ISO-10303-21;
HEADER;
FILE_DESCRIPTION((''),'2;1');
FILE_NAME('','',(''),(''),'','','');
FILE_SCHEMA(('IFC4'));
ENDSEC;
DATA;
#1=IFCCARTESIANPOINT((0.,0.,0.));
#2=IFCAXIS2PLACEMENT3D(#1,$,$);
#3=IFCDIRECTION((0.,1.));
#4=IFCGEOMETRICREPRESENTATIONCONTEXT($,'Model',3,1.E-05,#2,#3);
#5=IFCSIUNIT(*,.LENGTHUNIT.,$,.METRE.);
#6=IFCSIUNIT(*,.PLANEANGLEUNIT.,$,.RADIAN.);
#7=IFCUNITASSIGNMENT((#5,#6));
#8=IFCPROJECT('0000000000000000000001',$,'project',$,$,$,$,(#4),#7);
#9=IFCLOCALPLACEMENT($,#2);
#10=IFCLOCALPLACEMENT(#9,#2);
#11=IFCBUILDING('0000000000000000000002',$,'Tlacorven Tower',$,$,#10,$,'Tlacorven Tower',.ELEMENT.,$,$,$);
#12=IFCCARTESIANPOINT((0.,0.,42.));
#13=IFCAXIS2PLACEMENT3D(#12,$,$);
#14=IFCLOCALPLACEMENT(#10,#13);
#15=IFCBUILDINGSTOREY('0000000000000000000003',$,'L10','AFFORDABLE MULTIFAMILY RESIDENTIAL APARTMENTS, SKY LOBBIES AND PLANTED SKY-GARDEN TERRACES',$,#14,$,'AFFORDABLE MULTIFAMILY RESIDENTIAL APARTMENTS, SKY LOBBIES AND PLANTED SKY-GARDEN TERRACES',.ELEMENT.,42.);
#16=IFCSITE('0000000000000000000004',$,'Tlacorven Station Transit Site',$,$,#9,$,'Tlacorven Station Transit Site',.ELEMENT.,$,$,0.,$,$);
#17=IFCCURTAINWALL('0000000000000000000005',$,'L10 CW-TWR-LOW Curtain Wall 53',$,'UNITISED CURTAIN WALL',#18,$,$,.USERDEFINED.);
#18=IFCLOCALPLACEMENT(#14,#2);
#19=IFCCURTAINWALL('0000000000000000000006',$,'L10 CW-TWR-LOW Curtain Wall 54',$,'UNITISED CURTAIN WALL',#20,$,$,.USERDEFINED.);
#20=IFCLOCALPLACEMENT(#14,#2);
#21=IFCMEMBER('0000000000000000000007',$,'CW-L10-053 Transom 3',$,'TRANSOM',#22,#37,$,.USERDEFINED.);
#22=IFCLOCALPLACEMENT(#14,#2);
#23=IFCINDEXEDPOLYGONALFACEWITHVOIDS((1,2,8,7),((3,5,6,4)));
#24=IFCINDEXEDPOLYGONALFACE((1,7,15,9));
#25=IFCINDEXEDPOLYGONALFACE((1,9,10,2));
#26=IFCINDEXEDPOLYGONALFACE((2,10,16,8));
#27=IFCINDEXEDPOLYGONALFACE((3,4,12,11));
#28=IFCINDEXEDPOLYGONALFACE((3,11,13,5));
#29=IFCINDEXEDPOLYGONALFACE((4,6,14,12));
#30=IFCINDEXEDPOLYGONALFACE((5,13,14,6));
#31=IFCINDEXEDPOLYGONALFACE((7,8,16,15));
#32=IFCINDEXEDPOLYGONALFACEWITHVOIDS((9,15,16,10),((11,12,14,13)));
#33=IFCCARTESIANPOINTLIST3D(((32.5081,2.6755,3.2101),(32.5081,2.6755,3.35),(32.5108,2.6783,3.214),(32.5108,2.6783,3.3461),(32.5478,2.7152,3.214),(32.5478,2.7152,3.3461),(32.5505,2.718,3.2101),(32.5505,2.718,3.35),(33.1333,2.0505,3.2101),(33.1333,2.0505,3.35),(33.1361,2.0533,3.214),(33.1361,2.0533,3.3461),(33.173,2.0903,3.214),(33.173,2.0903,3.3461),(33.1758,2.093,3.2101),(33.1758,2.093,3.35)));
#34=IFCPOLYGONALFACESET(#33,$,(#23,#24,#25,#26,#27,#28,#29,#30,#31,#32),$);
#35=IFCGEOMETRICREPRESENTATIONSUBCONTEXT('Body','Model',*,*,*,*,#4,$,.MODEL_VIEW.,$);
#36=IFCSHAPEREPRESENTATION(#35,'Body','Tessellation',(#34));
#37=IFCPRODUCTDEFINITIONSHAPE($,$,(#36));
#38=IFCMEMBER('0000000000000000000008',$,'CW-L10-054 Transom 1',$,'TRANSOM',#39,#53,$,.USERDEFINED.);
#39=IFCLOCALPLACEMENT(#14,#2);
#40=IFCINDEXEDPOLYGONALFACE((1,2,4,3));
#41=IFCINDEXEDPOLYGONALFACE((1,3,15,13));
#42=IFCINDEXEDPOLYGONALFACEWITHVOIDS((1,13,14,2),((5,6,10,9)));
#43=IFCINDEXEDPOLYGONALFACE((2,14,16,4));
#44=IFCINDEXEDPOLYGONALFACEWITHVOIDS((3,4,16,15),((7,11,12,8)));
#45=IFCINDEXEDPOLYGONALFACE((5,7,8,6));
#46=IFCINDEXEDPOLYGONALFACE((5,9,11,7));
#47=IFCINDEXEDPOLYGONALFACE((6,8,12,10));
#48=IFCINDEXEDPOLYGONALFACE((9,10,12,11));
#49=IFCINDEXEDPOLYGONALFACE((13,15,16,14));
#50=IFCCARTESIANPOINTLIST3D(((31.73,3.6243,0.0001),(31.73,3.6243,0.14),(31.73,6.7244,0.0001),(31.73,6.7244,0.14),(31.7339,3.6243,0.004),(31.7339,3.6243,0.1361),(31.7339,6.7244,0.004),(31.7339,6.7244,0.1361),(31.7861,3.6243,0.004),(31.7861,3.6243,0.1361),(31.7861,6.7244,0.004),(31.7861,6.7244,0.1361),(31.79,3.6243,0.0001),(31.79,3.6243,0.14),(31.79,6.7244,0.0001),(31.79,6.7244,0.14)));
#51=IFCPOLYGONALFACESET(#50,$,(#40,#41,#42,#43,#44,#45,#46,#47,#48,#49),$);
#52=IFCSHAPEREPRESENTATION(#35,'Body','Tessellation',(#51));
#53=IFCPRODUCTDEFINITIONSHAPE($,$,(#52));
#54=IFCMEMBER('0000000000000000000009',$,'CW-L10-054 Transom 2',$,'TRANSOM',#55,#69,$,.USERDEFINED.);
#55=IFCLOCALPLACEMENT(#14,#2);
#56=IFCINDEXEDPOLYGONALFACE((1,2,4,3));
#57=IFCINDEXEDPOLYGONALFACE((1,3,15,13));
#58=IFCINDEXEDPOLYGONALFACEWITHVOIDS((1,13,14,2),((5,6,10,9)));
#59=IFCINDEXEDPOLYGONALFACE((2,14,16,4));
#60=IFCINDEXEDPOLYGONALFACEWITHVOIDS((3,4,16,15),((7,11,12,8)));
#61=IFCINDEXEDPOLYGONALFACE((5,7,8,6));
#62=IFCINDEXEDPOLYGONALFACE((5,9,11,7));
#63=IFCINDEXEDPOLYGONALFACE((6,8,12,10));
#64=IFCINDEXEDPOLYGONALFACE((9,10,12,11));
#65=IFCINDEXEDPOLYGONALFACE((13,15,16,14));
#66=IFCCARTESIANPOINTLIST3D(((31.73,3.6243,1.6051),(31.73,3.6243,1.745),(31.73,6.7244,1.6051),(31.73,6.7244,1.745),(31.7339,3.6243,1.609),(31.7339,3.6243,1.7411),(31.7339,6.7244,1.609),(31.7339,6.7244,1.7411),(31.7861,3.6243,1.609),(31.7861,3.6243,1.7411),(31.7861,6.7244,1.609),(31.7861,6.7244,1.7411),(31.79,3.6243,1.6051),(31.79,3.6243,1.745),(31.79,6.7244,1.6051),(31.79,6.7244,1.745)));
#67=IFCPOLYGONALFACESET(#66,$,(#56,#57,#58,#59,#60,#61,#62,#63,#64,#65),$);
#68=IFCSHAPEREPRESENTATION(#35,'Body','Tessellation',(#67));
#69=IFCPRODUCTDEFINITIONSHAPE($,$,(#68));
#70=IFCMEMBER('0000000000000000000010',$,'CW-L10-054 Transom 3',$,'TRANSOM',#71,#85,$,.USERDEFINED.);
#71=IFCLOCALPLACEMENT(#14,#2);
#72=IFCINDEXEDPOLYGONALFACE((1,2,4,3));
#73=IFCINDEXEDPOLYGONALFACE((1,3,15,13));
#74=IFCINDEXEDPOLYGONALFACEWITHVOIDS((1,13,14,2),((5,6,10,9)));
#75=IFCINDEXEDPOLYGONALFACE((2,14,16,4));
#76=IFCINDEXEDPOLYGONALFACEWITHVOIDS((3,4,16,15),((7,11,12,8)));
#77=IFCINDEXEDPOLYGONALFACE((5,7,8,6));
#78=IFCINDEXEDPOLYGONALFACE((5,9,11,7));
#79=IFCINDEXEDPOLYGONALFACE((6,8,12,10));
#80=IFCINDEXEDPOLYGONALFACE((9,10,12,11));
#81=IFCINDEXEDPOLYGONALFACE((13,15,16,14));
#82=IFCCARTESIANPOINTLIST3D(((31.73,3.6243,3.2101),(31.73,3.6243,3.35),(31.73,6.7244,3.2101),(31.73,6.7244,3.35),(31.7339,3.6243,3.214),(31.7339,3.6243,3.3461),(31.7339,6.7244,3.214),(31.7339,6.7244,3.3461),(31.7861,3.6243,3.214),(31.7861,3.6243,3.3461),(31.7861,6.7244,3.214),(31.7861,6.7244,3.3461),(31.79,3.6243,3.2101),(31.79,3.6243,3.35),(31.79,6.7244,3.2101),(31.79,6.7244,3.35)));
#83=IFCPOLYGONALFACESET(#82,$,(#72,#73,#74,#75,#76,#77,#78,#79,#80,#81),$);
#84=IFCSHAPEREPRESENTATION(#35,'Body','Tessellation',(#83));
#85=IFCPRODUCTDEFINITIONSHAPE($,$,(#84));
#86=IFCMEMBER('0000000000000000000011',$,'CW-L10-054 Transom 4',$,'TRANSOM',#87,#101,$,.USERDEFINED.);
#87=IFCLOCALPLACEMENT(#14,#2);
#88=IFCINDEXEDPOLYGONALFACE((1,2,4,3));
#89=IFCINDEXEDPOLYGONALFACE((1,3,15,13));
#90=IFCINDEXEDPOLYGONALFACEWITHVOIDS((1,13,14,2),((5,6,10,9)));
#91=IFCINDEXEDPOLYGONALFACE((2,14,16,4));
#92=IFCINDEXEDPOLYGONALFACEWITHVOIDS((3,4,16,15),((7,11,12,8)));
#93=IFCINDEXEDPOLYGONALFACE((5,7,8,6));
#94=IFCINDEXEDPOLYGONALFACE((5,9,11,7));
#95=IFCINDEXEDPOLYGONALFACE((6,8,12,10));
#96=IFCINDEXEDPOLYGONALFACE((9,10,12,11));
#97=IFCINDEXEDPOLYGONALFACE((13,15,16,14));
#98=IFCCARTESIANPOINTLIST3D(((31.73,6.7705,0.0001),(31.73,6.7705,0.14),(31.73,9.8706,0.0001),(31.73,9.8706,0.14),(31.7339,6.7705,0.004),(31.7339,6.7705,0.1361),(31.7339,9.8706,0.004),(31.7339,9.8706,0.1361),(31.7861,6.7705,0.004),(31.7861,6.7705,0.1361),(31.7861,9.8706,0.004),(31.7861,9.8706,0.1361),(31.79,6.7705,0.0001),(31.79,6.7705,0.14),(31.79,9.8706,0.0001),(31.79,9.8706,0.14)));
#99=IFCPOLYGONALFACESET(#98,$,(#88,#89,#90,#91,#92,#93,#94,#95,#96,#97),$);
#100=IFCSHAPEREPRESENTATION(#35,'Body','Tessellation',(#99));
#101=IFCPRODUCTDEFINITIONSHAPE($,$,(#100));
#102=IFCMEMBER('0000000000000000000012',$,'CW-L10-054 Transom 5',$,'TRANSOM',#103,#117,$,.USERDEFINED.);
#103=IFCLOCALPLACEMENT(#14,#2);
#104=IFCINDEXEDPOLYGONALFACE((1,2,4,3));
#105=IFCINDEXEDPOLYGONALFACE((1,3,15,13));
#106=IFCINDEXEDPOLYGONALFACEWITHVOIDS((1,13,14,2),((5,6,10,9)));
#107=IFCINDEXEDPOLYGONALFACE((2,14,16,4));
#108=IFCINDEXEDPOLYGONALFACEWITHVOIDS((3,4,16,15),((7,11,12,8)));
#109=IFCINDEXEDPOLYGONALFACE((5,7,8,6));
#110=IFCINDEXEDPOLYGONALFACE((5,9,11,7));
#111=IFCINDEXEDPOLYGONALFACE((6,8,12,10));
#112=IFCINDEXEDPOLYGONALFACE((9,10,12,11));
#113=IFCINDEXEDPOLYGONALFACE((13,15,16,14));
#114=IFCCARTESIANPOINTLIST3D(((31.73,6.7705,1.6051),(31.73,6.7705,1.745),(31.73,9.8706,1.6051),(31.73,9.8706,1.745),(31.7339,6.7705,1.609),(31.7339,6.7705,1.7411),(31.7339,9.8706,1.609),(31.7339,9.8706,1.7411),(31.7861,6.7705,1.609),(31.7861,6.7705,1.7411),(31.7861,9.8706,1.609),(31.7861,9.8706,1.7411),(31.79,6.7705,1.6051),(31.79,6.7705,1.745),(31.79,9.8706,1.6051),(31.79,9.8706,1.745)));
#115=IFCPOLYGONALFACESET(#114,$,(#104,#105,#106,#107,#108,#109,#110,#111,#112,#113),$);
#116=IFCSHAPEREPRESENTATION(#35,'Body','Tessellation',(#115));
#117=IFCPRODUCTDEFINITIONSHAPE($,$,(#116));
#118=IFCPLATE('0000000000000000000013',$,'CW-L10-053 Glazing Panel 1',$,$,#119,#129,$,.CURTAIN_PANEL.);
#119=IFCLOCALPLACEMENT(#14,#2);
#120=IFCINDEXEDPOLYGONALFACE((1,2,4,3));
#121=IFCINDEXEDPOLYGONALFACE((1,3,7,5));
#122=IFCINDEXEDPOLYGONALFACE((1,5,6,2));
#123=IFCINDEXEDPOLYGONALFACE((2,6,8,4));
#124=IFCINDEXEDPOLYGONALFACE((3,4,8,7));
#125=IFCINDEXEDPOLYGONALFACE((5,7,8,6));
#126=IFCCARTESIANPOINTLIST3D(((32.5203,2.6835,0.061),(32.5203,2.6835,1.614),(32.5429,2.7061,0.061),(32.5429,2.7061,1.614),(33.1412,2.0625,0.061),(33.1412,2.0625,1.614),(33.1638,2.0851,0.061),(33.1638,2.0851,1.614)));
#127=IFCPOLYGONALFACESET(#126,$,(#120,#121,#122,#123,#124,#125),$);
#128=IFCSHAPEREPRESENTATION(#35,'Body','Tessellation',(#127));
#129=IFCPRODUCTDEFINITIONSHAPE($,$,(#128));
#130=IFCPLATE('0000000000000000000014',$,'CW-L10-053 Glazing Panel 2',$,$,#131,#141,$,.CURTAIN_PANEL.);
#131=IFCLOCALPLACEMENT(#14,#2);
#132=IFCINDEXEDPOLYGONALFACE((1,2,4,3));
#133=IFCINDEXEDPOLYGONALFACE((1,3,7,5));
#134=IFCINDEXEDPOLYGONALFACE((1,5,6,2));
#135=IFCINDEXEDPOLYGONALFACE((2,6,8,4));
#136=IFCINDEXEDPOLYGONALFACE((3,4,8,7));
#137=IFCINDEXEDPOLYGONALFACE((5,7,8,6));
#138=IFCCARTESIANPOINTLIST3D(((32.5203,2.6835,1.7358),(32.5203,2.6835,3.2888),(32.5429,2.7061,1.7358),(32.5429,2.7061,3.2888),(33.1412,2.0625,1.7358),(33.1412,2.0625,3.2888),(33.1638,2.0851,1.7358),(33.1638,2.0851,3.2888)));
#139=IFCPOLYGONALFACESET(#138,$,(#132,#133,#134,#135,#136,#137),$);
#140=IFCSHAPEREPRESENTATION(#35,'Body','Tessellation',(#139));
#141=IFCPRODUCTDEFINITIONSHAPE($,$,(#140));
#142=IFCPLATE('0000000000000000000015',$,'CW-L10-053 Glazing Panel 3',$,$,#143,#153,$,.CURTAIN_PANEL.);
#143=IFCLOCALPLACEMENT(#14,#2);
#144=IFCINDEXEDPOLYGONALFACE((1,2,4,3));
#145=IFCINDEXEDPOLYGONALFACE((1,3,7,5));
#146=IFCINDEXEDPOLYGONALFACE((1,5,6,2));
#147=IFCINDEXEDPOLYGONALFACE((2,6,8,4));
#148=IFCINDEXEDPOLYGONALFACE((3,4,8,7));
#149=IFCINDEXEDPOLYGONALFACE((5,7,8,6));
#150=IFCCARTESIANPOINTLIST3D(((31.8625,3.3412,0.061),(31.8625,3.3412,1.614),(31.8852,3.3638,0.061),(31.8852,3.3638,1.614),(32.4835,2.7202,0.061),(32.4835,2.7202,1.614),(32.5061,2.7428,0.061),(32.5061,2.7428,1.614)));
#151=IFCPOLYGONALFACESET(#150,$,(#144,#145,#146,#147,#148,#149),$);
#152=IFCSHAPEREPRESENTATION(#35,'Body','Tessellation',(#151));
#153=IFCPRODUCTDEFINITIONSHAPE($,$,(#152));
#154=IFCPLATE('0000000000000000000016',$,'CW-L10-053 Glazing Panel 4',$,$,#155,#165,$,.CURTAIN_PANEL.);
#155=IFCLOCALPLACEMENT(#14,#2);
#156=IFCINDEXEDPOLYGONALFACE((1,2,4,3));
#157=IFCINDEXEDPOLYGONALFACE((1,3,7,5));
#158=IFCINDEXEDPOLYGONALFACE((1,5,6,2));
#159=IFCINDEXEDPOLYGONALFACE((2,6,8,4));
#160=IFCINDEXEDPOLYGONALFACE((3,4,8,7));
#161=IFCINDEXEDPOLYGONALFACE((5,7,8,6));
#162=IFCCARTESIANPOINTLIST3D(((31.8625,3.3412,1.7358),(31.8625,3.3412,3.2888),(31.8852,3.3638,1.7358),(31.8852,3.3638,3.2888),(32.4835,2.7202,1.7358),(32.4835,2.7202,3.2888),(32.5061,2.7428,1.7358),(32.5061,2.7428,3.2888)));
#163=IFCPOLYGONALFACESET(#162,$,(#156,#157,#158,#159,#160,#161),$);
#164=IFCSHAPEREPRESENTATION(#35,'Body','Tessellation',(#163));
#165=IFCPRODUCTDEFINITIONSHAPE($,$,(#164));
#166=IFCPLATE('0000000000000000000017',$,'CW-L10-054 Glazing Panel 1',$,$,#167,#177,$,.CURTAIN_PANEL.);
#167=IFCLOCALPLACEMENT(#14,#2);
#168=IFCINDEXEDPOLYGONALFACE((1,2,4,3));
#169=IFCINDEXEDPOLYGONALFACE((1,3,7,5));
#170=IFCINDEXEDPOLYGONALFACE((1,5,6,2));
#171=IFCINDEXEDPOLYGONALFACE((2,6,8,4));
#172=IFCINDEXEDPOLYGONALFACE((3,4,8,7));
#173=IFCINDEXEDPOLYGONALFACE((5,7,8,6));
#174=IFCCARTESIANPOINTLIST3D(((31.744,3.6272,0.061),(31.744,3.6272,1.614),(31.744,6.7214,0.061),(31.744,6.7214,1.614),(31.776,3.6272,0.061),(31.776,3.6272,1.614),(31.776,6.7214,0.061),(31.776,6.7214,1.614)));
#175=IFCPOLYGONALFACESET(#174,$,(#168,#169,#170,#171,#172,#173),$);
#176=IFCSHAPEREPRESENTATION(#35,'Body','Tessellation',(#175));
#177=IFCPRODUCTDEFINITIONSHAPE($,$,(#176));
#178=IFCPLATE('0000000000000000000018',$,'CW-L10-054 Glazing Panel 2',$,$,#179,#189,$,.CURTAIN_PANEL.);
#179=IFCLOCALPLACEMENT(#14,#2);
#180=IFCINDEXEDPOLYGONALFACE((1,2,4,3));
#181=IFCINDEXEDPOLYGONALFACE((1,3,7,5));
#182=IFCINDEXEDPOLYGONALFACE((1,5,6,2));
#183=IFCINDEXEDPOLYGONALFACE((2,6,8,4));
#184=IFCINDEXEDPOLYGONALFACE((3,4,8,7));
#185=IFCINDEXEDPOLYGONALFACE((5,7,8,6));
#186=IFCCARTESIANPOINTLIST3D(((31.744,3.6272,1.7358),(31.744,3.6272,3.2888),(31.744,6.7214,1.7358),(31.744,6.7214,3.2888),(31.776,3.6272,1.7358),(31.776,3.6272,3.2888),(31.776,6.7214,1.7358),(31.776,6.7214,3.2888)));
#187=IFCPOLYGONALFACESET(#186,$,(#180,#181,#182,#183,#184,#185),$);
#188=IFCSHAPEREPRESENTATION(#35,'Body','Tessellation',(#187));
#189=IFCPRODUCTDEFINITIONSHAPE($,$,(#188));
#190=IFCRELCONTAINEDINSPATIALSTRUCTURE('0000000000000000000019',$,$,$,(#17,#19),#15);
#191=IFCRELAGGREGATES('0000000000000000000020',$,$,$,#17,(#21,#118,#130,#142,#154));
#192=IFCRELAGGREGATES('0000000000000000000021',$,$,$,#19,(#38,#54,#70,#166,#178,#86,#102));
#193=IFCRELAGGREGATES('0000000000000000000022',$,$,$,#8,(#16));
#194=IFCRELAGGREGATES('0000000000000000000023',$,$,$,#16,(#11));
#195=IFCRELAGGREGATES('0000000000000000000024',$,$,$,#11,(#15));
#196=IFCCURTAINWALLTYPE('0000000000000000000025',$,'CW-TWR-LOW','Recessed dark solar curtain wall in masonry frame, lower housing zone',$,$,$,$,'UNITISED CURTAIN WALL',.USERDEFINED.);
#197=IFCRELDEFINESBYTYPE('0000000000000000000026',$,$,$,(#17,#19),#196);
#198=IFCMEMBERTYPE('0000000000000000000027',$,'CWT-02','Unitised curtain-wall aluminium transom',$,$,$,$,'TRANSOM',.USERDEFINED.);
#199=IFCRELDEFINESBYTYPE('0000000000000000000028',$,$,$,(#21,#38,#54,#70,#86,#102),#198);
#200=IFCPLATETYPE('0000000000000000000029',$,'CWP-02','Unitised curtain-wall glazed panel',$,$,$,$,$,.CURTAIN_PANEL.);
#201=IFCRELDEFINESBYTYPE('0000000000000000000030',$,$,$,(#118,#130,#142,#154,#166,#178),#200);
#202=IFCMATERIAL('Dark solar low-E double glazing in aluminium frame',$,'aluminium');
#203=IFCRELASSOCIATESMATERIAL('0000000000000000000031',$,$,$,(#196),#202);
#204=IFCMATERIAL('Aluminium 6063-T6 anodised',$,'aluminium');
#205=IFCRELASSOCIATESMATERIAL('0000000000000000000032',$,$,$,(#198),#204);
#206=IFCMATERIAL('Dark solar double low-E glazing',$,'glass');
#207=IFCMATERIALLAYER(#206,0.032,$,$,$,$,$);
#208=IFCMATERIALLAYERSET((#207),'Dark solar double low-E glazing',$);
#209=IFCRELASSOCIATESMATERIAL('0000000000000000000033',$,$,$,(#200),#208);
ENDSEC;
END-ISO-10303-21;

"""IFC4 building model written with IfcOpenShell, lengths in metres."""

from ifc_helpers import new_model, si_unit, direction, frame, origin, origin_2d, place, context, subcontext, project, spatial, rectangle, hollow_rectangle, extrude, source, transform, mapped, material, layer, layer_set, material_profile, profile_set, type_object, element, aggregate, save


model = new_model("IFC4")

# Units and contexts
model_context = context("Model", 3, precision=1e-05, world=origin(), true_north=direction((0.0, 1.0)))
body_context = subcontext(model_context, "Body", "Model", "MODEL_VIEW")
ifc_project = project(units=[si_unit("LENGTHUNIT", "METRE"), si_unit("PLANEANGLEUNIT", "RADIAN")], contexts=[model_context])

# Site, building, storey
site_placement = place(None, origin())
site = spatial("IfcSite", under=ifc_project, at=site_placement, Name="Tlacorven Station Transit Site", LongName="Tlacorven Station Transit Site", CompositionType="ELEMENT", RefElevation=0.0)
building_placement = place(site_placement, origin())
building = spatial("IfcBuilding", under=site, at=building_placement, Name="Tlacorven Tower", LongName="Tlacorven Tower", CompositionType="ELEMENT")
storey_placement = place(building_placement, frame((0.0, 0.0, 42.0)))
storey = spatial("IfcBuildingStorey", under=building, at=storey_placement, Name="L10", Description="AFFORDABLE MULTIFAMILY RESIDENTIAL APARTMENTS, SKY LOBBIES AND PLANTED SKY-GARDEN TERRACES", LongName="AFFORDABLE MULTIFAMILY RESIDENTIAL APARTMENTS, SKY LOBBIES AND PLANTED SKY-GARDEN TERRACES", CompositionType="ELEMENT", Elevation=42.0)

# Shared definitions
ifc_material_1 = material(Name="Dark solar low-E double glazing in aluminium frame", Category="aluminium")
curtain_wall_type = type_object("IfcCurtainWallType", Name="CW-TWR-LOW", Description="Recessed dark solar curtain wall in masonry frame, lower housing zone", ElementType="UNITISED CURTAIN WALL", PredefinedType="USERDEFINED", material=ifc_material_1)
ifc_material_2 = material(Name="Aluminium 6063-T6 anodised", Category="aluminium")

# Curtain walls
curtain_wall_1_placement = place(storey_placement, origin())
curtain_wall_1 = element("IfcCurtainWall", 1, at=curtain_wall_1_placement, inside=storey, type_object=curtain_wall_type, Name="L10 CW-TWR-LOW Curtain Wall 53", ObjectType="UNITISED CURTAIN WALL", PredefinedType="USERDEFINED")
curtain_wall_2_placement = place(storey_placement, origin())
curtain_wall_2 = element("IfcCurtainWall", 2, at=curtain_wall_2_placement, inside=storey, type_object=curtain_wall_type, Name="L10 CW-TWR-LOW Curtain Wall 54", ObjectType="UNITISED CURTAIN WALL", PredefinedType="USERDEFINED")

# Members
ifc_material_profile_1 = material_profile(ifc_material_2, hollow_rectangle(XDim=0.0601, YDim=0.1399, WallThickness=0.0039, at=origin_2d()), Name="ALU TRANSOM 60X140")
ifc_profile_set_1 = profile_set([ifc_material_profile_1], Name="Aluminium 6063-T6 anodised")
member_type_1 = type_object("IfcMemberType", Name="CWT-02", Description="Unitised curtain-wall aluminium transom", ElementType="TRANSOM", PredefinedType="USERDEFINED", material=ifc_profile_set_1)
shared_shape_1 = source(origin(), body_context, "Body", "SweptSolid", [
    extrude(hollow_rectangle(XDim=0.0601, YDim=0.1399, WallThickness=0.0039, at=origin_2d()), origin(), (0.0, 0.0, 1.0), 0.884),
])
member_1_placement = place(storey_placement, frame((33.1545, 2.0718, 3.28), z_axis=(-0.707245, 0.706969, 0.0), x_axis=(-0.706969, -0.707245, 0.0)))
member_1 = element("IfcMember", 3, at=member_1_placement, type_object=member_type_1, Name="CW-L10-053 Transom 3", ObjectType="TRANSOM", PredefinedType="USERDEFINED", context=body_context, shape_type="MappedRepresentation", body=[
    mapped(shared_shape_1, transform((0.0, 0.0, 0.0), scale=1.0)),
])
shared_shape_2 = source(origin(), body_context, "Body", "SweptSolid", [
    extrude(hollow_rectangle(XDim=0.0601, YDim=0.1399, WallThickness=0.0039, at=origin_2d()), origin(), (0.0, 0.0, 1.0), 3.1001),
])
member_2_placement = place(storey_placement, frame((31.76, 3.6243, 0.0701), z_axis=(0.0, 1.0, 0.0), x_axis=(-1.0, 0.0, 0.0)))
member_2 = element("IfcMember", 4, at=member_2_placement, type_object=member_type_1, Name="CW-L10-054 Transom 1", ObjectType="TRANSOM", PredefinedType="USERDEFINED", context=body_context, shape_type="MappedRepresentation", body=[
    mapped(shared_shape_2, transform((0.0, 0.0, 0.0), scale=1.0)),
])
member_3_placement = place(storey_placement, frame((31.76, 3.6243, 1.675), z_axis=(0.0, 1.0, 0.0), x_axis=(-1.0, 0.0, 0.0)))
member_3 = element("IfcMember", 5, at=member_3_placement, type_object=member_type_1, Name="CW-L10-054 Transom 2", ObjectType="TRANSOM", PredefinedType="USERDEFINED", context=body_context, shape_type="MappedRepresentation", body=[
    mapped(shared_shape_2, transform((0.0, 0.0, 0.0), scale=1.0)),
])
member_4_placement = place(storey_placement, frame((31.76, 3.6243, 3.28), z_axis=(0.0, 1.0, 0.0), x_axis=(-1.0, 0.0, 0.0)))
member_4 = element("IfcMember", 6, at=member_4_placement, type_object=member_type_1, Name="CW-L10-054 Transom 3", ObjectType="TRANSOM", PredefinedType="USERDEFINED", context=body_context, shape_type="MappedRepresentation", body=[
    mapped(shared_shape_2, transform((0.0, 0.0, 0.0), scale=1.0)),
])
member_5_placement = place(storey_placement, frame((31.76, 6.7705, 0.0701), z_axis=(0.0, 1.0, 0.0), x_axis=(-1.0, 0.0, 0.0)))
member_5 = element("IfcMember", 7, at=member_5_placement, type_object=member_type_1, Name="CW-L10-054 Transom 4", ObjectType="TRANSOM", PredefinedType="USERDEFINED", context=body_context, shape_type="MappedRepresentation", body=[
    mapped(shared_shape_2, transform((0.0, 0.0, 0.0), scale=1.0)),
])
member_6_placement = place(storey_placement, frame((31.76, 6.7705, 1.675), z_axis=(0.0, 1.0, 0.0), x_axis=(-1.0, 0.0, 0.0)))
member_6 = element("IfcMember", 8, at=member_6_placement, type_object=member_type_1, Name="CW-L10-054 Transom 5", ObjectType="TRANSOM", PredefinedType="USERDEFINED", context=body_context, shape_type="MappedRepresentation", body=[
    mapped(shared_shape_2, transform((0.0, 0.0, 0.0), scale=1.0)),
])

# Plates
ifc_material_3 = material(Name="Dark solar double low-E glazing", Category="glass")
ifc_layer = layer(ifc_material_3, 0.032)
ifc_layer_set = layer_set([ifc_layer], Name="Dark solar double low-E glazing")
plate_type = type_object("IfcPlateType", Name="CWP-02", Description="Unitised curtain-wall glazed panel", PredefinedType="CURTAIN_PANEL", material=ifc_layer_set)
shared_shape_3 = source(origin(), body_context, "Body", "SweptSolid", [
    extrude(rectangle(XDim=0.8782, YDim=0.032, at=origin_2d()), origin(), (0.0, 0.0, 1.0), 1.553),
])
plate_1_placement = place(storey_placement, frame((32.842, 2.3843, 0.061), z_axis=(0.0, 0.0, 1.0), x_axis=(-0.707107, 0.707107, 0.0)))
plate_1 = element("IfcPlate", 9, at=plate_1_placement, type_object=plate_type, Name="CW-L10-053 Glazing Panel 1", PredefinedType="CURTAIN_PANEL", context=body_context, shape_type="MappedRepresentation", body=[
    mapped(shared_shape_3, transform((0.0, 0.0, 0.0), scale=1.0)),
])
plate_2_placement = place(storey_placement, frame((32.842, 2.3843, 1.7358), z_axis=(0.0, 0.0, 1.0), x_axis=(-0.707107, 0.707107, 0.0)))
plate_2 = element("IfcPlate", 10, at=plate_2_placement, type_object=plate_type, Name="CW-L10-053 Glazing Panel 2", PredefinedType="CURTAIN_PANEL", context=body_context, shape_type="MappedRepresentation", body=[
    mapped(shared_shape_3, transform((0.0, 0.0, 0.0), scale=1.0)),
])
plate_3_placement = place(storey_placement, frame((32.1843, 3.042, 0.061), z_axis=(0.0, 0.0, 1.0), x_axis=(-0.707107, 0.707107, 0.0)))
plate_3 = element("IfcPlate", 11, at=plate_3_placement, type_object=plate_type, Name="CW-L10-053 Glazing Panel 3", PredefinedType="CURTAIN_PANEL", context=body_context, shape_type="MappedRepresentation", body=[
    mapped(shared_shape_3, transform((0.0, 0.0, 0.0), scale=1.0)),
])
plate_4_placement = place(storey_placement, frame((32.1843, 3.042, 1.7358), z_axis=(0.0, 0.0, 1.0), x_axis=(-0.707107, 0.707107, 0.0)))
plate_4 = element("IfcPlate", 12, at=plate_4_placement, type_object=plate_type, Name="CW-L10-053 Glazing Panel 4", PredefinedType="CURTAIN_PANEL", context=body_context, shape_type="MappedRepresentation", body=[
    mapped(shared_shape_3, transform((0.0, 0.0, 0.0), scale=1.0)),
])
aggregate(curtain_wall_1, [member_1, plate_1, plate_2, plate_3, plate_4])
shared_shape_4 = source(origin(), body_context, "Body", "SweptSolid", [
    extrude(rectangle(XDim=3.0942, YDim=0.032, at=origin_2d()), origin(), (0.0, 0.0, 1.0), 1.553),
])
plate_5_placement = place(storey_placement, frame((31.76, 5.1743, 0.061), z_axis=(0.0, 0.0, 1.0), x_axis=(0.0, 1.0, 0.0)))
plate_5 = element("IfcPlate", 13, at=plate_5_placement, type_object=plate_type, Name="CW-L10-054 Glazing Panel 1", PredefinedType="CURTAIN_PANEL", context=body_context, shape_type="MappedRepresentation", body=[
    mapped(shared_shape_4, transform((0.0, 0.0, 0.0), scale=1.0)),
])
plate_6_placement = place(storey_placement, frame((31.76, 5.1743, 1.7358), z_axis=(0.0, 0.0, 1.0), x_axis=(0.0, 1.0, 0.0)))
plate_6 = element("IfcPlate", 14, at=plate_6_placement, type_object=plate_type, Name="CW-L10-054 Glazing Panel 2", PredefinedType="CURTAIN_PANEL", context=body_context, shape_type="MappedRepresentation", body=[
    mapped(shared_shape_4, transform((0.0, 0.0, 0.0), scale=1.0)),
])
aggregate(curtain_wall_2, [member_2, member_3, member_4, plate_5, plate_6, member_5, member_6])

save(model, "model.ifc")
